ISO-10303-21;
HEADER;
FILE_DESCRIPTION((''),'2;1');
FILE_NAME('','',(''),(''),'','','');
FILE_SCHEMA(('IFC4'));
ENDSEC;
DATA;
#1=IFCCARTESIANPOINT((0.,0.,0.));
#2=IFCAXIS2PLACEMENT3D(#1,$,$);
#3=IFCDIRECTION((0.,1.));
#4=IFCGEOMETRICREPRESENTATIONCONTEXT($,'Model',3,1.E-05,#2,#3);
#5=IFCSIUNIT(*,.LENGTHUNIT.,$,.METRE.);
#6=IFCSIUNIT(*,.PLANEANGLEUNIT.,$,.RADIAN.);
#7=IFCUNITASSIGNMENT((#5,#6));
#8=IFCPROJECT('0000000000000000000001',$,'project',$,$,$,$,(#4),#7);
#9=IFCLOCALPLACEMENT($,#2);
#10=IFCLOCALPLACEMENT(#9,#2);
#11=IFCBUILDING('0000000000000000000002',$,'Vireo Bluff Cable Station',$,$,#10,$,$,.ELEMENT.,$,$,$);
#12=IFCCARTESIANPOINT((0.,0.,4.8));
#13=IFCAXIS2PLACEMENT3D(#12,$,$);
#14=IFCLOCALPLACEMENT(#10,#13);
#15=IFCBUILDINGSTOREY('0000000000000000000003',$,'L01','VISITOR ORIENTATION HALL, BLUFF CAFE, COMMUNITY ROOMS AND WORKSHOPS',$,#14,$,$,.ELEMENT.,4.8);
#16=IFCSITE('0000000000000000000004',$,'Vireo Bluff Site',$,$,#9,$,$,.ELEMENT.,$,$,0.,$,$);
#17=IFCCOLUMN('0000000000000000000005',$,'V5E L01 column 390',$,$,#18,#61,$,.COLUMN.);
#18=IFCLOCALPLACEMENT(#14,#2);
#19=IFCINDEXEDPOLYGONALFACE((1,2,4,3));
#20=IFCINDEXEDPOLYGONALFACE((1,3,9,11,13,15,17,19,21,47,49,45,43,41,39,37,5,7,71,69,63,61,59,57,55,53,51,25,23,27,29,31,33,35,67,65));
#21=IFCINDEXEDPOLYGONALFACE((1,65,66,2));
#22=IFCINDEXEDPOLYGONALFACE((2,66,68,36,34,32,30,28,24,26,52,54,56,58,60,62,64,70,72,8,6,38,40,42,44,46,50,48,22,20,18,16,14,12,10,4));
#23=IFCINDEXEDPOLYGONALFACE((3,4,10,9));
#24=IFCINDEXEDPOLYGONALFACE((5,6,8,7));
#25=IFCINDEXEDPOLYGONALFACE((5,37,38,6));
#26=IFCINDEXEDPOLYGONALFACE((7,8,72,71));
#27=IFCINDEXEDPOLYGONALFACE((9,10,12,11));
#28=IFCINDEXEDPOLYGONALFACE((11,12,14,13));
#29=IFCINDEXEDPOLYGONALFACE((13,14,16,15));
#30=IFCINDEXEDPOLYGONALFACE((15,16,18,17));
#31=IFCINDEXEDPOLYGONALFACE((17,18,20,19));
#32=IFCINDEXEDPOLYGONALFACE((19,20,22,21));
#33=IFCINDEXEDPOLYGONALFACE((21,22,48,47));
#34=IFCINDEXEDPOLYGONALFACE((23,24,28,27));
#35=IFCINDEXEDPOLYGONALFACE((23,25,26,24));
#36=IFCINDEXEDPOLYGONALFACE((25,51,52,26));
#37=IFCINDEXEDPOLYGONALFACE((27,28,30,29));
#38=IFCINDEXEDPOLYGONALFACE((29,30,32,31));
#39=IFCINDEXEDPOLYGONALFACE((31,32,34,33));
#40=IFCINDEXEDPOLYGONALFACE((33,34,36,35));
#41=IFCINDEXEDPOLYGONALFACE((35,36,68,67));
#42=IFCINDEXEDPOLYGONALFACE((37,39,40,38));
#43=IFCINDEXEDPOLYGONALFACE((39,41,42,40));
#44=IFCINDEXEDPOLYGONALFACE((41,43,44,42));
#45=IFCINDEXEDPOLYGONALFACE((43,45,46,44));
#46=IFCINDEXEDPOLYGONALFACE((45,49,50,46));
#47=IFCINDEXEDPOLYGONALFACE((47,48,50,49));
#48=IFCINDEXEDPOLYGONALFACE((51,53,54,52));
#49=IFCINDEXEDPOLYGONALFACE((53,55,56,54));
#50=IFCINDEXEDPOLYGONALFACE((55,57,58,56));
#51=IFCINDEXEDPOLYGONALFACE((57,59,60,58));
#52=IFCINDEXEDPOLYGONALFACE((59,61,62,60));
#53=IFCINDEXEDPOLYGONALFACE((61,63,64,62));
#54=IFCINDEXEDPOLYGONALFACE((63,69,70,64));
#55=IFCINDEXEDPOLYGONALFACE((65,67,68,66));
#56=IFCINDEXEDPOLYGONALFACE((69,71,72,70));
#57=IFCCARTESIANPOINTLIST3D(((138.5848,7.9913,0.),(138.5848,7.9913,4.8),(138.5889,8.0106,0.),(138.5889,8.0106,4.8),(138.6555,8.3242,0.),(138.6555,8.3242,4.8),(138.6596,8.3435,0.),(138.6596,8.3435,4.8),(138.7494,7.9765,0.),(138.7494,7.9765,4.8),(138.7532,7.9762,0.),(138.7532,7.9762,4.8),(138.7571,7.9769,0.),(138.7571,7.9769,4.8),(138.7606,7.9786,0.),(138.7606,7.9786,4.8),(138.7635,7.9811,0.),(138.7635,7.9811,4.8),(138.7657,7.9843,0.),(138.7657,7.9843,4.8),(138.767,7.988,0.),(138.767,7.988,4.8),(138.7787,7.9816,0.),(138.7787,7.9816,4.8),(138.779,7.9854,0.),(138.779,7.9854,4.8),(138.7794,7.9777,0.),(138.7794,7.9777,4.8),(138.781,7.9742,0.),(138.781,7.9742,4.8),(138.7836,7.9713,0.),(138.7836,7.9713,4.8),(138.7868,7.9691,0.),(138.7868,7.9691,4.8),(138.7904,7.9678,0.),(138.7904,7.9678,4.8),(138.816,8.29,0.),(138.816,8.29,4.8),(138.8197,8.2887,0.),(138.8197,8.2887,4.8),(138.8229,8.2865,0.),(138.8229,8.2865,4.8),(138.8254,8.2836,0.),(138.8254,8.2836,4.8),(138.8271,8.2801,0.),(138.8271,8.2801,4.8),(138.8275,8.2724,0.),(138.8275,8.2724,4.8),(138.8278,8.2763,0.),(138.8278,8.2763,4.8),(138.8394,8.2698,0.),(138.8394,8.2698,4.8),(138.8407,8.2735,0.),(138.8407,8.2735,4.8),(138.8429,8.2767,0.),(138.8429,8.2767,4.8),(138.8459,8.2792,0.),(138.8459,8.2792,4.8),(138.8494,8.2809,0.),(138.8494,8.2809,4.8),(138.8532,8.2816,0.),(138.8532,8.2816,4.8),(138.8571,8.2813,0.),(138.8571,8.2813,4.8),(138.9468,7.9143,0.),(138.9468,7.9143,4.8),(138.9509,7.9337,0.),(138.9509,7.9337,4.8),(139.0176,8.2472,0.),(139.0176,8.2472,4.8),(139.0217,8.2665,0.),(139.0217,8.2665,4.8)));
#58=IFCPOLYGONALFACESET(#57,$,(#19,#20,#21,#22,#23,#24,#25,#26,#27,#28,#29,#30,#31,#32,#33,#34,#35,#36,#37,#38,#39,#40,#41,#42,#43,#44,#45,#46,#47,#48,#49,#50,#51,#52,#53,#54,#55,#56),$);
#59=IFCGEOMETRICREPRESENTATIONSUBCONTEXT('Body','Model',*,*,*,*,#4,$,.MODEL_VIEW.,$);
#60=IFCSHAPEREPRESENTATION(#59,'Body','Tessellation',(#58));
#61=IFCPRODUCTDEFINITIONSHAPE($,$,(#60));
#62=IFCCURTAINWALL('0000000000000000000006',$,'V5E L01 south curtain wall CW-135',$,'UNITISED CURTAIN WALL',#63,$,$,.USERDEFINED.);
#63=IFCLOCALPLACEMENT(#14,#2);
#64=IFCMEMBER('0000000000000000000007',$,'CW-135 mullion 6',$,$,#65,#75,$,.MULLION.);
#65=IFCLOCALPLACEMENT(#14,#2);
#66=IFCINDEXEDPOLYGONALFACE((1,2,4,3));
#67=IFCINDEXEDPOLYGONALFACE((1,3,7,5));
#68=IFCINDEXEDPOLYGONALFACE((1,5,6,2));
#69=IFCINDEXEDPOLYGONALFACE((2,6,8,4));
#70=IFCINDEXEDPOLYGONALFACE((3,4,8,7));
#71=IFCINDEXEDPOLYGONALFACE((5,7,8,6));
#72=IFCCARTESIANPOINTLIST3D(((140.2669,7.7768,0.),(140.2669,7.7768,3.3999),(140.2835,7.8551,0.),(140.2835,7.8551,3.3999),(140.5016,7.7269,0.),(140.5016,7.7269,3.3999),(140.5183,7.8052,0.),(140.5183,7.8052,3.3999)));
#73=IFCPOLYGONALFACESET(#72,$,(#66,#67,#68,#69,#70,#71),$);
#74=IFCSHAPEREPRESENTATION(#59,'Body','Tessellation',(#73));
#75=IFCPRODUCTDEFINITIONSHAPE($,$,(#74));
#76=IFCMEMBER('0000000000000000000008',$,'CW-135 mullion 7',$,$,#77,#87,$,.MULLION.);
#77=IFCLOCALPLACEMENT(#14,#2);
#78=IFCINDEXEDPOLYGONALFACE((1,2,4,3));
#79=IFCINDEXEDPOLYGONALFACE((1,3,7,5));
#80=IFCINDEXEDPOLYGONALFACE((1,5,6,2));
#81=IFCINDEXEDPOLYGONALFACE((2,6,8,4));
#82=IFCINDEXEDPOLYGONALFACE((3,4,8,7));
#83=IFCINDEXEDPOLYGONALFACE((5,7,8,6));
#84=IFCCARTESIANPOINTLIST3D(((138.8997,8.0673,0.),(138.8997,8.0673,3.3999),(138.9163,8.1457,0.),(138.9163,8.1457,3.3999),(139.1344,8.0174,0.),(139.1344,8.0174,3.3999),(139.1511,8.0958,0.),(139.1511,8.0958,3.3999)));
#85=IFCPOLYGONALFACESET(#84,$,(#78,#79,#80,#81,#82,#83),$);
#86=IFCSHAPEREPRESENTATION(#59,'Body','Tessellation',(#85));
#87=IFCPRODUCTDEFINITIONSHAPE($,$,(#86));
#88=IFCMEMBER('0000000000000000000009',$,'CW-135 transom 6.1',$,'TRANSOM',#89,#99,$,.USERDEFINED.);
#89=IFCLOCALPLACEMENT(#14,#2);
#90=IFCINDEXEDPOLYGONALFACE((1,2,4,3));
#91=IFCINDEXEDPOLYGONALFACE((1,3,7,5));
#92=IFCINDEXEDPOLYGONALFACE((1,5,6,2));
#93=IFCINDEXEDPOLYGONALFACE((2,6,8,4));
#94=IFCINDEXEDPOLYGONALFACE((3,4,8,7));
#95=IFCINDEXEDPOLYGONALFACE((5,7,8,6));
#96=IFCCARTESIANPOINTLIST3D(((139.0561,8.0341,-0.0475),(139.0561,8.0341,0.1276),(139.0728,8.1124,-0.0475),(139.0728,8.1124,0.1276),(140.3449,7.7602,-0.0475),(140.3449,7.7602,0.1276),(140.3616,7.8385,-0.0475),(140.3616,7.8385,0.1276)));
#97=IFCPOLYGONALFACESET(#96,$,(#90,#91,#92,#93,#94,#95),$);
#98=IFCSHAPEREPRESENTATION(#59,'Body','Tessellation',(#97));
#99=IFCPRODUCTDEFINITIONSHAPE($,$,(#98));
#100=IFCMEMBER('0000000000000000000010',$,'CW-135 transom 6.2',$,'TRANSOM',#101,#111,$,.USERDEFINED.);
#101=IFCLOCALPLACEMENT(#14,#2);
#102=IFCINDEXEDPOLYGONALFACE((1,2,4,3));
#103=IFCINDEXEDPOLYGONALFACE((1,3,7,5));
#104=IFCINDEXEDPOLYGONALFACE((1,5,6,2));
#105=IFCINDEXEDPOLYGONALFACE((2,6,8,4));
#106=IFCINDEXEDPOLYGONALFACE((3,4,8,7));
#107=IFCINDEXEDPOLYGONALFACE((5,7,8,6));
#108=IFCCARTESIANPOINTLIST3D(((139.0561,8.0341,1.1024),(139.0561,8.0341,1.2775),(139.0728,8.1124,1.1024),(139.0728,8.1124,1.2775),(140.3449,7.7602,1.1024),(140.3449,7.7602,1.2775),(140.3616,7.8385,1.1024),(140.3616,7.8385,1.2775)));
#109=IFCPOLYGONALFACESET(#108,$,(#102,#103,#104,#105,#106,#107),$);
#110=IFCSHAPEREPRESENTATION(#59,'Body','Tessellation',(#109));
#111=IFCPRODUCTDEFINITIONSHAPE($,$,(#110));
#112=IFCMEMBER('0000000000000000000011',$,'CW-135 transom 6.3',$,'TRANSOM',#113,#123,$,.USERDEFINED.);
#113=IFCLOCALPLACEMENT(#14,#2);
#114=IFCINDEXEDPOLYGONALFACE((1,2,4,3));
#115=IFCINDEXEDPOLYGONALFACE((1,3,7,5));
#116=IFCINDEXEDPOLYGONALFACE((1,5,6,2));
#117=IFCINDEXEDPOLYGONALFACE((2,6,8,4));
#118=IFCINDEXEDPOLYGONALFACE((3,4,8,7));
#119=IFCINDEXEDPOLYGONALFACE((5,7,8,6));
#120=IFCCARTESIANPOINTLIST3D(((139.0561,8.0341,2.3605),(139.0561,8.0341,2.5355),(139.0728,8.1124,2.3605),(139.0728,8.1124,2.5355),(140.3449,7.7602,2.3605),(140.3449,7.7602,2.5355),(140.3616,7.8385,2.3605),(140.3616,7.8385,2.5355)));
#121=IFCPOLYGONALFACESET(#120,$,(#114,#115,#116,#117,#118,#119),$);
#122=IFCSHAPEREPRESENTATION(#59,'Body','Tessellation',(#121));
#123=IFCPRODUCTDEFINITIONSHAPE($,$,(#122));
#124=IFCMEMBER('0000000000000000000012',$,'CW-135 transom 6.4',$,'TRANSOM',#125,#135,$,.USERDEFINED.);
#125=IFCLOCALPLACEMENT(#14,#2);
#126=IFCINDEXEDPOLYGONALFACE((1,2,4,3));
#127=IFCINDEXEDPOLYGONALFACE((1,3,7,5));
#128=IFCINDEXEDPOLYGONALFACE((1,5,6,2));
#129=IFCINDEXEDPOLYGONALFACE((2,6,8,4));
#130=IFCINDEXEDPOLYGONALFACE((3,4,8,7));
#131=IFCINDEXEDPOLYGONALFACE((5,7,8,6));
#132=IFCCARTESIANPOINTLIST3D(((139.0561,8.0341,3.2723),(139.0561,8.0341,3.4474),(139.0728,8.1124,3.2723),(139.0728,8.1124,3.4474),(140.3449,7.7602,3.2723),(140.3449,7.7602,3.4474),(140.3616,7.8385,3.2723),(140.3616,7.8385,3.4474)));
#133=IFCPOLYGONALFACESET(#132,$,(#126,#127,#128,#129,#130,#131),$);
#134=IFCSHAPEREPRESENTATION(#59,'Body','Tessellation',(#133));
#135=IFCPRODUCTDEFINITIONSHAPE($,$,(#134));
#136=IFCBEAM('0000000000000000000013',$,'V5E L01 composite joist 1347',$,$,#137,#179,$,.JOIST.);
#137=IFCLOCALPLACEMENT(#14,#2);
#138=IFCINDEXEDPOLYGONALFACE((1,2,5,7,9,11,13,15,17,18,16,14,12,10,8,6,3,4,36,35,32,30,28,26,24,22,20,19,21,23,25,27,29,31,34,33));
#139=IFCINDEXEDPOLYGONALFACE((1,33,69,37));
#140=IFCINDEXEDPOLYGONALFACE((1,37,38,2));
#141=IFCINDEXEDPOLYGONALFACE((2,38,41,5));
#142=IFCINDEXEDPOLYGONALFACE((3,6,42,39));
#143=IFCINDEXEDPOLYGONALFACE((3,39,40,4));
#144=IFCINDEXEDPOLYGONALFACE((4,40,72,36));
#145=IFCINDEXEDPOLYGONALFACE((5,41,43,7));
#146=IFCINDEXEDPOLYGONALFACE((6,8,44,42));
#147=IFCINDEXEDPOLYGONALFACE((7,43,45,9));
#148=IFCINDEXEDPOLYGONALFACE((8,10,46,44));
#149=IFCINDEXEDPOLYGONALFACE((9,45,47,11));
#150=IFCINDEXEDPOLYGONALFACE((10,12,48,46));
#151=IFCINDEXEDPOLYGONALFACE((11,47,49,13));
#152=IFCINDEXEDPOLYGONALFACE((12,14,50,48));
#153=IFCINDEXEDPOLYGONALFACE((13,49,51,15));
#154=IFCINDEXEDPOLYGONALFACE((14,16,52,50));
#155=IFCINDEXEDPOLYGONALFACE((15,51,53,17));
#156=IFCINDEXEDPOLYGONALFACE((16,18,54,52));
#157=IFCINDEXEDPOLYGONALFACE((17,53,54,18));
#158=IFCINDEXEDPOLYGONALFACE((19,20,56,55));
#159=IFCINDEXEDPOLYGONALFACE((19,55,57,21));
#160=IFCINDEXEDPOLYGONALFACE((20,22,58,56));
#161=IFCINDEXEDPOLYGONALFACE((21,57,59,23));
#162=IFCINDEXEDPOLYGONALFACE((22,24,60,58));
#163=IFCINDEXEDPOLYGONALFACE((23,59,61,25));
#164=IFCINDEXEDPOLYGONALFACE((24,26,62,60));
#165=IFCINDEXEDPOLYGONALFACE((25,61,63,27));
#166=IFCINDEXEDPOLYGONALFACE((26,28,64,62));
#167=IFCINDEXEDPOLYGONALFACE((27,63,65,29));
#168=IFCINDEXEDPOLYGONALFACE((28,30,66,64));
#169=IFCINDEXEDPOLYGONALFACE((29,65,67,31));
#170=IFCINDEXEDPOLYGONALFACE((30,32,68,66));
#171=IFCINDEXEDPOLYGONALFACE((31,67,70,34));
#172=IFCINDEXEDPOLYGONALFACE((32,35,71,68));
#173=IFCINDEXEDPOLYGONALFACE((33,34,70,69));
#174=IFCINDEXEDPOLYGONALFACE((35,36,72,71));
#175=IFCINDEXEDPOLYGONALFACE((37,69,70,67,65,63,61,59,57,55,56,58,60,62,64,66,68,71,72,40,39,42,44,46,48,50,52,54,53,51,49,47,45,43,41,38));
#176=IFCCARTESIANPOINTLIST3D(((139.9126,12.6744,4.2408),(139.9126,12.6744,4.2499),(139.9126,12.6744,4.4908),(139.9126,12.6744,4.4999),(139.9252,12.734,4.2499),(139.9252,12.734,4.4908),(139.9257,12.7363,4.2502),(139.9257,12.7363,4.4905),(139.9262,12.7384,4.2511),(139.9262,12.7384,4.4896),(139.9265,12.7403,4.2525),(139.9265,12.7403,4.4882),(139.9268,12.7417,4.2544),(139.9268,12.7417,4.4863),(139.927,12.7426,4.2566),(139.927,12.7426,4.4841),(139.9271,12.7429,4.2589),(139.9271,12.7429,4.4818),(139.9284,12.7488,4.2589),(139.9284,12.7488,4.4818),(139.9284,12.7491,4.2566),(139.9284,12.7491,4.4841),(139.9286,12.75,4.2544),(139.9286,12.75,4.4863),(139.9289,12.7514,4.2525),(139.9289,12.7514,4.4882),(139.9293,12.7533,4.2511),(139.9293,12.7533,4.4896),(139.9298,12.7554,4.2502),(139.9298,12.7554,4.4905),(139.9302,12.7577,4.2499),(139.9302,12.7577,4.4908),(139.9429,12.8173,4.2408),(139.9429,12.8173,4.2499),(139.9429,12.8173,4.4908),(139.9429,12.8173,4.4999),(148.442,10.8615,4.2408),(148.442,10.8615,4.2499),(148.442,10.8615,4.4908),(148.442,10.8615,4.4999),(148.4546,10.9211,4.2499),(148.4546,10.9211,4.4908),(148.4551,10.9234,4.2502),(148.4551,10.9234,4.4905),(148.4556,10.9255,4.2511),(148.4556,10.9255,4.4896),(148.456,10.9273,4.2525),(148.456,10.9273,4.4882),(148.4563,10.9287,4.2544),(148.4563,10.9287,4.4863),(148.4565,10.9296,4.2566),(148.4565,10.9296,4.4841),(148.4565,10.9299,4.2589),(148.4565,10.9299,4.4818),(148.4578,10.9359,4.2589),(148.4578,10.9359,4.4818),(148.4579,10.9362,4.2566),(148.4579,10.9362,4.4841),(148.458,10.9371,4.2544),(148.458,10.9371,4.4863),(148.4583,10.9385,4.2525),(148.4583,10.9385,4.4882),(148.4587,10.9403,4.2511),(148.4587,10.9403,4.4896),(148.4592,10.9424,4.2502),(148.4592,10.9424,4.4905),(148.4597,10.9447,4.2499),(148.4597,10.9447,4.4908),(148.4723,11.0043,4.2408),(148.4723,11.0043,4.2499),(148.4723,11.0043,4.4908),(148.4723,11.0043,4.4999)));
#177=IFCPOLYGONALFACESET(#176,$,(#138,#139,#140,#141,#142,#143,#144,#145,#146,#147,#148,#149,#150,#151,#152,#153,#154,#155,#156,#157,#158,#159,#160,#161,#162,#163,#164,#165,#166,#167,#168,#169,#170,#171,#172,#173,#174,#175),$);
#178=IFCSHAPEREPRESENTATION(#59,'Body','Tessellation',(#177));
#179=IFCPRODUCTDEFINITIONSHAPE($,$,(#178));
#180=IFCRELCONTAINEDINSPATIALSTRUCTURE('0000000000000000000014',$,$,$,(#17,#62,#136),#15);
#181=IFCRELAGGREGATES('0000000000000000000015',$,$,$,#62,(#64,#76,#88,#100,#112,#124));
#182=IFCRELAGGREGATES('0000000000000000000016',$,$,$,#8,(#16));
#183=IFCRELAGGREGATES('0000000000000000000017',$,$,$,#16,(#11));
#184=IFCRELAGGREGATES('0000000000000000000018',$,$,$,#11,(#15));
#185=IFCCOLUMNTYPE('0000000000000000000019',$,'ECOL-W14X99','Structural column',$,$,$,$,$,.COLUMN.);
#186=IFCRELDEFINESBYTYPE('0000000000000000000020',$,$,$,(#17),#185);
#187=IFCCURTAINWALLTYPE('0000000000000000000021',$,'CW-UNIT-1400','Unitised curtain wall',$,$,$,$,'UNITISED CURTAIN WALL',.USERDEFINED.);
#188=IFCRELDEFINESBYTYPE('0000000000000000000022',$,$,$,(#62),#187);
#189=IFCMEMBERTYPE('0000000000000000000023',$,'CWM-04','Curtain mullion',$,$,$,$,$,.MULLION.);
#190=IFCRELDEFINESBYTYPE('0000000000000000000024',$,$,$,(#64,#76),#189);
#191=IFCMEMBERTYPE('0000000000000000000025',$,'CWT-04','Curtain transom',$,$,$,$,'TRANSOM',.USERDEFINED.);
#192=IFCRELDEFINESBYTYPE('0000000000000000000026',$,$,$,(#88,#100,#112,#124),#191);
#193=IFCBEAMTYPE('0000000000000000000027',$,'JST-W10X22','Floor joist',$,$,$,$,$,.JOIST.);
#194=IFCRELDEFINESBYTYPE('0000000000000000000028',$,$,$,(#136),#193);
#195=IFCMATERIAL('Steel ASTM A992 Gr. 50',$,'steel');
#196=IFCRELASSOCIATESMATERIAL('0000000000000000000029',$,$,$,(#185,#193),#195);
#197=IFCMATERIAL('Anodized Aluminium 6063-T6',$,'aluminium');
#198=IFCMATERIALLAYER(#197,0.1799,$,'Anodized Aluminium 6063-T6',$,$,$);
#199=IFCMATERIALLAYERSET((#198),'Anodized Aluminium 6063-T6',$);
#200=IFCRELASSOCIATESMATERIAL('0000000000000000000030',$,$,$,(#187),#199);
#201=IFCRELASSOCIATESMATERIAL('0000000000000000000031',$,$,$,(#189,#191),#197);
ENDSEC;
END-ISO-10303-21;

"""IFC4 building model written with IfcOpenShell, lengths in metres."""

from ifc_helpers import new_model, si_unit, direction, frame, origin, origin_2d, place, context, subcontext, project, spatial, rectangle, i_section, extrude, material, layer, layer_set, material_profile, profile_set, type_object, element, aggregate, save


model = new_model("IFC4")

# Units and contexts
model_context = context("Model", 3, precision=1e-05, world=origin(), true_north=direction((0.0, 1.0)))
body_context = subcontext(model_context, "Body", "Model", "MODEL_VIEW")
ifc_project = project(units=[si_unit("LENGTHUNIT", "METRE"), si_unit("PLANEANGLEUNIT", "RADIAN")], contexts=[model_context])

# Site, building, storey
site_placement = place(None, origin())
site = spatial("IfcSite", under=ifc_project, at=site_placement, Name="Vireo Bluff Site", CompositionType="ELEMENT", RefElevation=0.0)
building_placement = place(site_placement, origin())
building = spatial("IfcBuilding", under=site, at=building_placement, Name="Vireo Bluff Cable Station", CompositionType="ELEMENT")
storey_placement = place(building_placement, frame((0.0, 0.0, 4.8)))
storey = spatial("IfcBuildingStorey", under=building, at=storey_placement, Name="L01", Description="VISITOR ORIENTATION HALL, BLUFF CAFE, COMMUNITY ROOMS AND WORKSHOPS", CompositionType="ELEMENT", Elevation=4.8)

# Column
ifc_material_1 = material(Name="Steel ASTM A992 Gr. 50", Category="steel")
ifc_material_profile_1 = material_profile(ifc_material_1, i_section(OverallWidth=0.3701, OverallDepth=0.3601, WebThickness=0.0122, FlangeThickness=0.0198, FilletRadius=0.0149, at=origin_2d()), Name="W14X99")
ifc_profile_set_1 = profile_set([ifc_material_profile_1], Name="Steel ASTM A992 Gr. 50")
column_type = type_object("IfcColumnType", Name="ECOL-W14X99", Description="Structural column", PredefinedType="COLUMN", material=ifc_profile_set_1)
column_placement = place(storey_placement, frame((138.8032, 8.1289, 0.0), z_axis=(0.0, 0.0, 1.0), x_axis=(0.978148, -0.207912, 0.0)))
element("IfcColumn", 1, at=column_placement, inside=storey, type_object=column_type, Name="V5E L01 column 390", PredefinedType="COLUMN", context=body_context, shape_type="SweptSolid", body=[
    extrude(i_section(OverallWidth=0.3701, OverallDepth=0.3601, WebThickness=0.0122, FlangeThickness=0.0198, FilletRadius=0.0149, at=origin_2d()), origin(), (0.0, 0.0, 1.0), 4.8),
])

# Curtain wall, members
ifc_material_2 = material(Name="Anodized Aluminium 6063-T6", Category="aluminium")
ifc_layer_1 = layer(ifc_material_2, 0.1799, Name="Anodized Aluminium 6063-T6")
ifc_layer_set_1 = layer_set([ifc_layer_1], Name="Anodized Aluminium 6063-T6")
curtain_wall_type = type_object("IfcCurtainWallType", Name="CW-UNIT-1400", Description="Unitised curtain wall", ElementType="UNITISED CURTAIN WALL", PredefinedType="USERDEFINED", material=ifc_layer_set_1)
curtain_wall_placement = place(storey_placement, origin())
curtain_wall = element("IfcCurtainWall", 2, at=curtain_wall_placement, inside=storey, type_object=curtain_wall_type, Name="V5E L01 south curtain wall CW-135", ObjectType="UNITISED CURTAIN WALL", PredefinedType="USERDEFINED")
ifc_material_profile_2 = material_profile(ifc_material_2, rectangle(XDim=0.0801, YDim=0.24, at=origin_2d()), Name="ALU-M-80X240")
ifc_profile_set_2 = profile_set([ifc_material_profile_2], Name="Anodized Aluminium 6063-T6")
member_type_1 = type_object("IfcMemberType", Name="CWM-04", Description="Curtain mullion", PredefinedType="MULLION", material=ifc_profile_set_2)
member_1_placement = place(storey_placement, frame((140.3926, 7.791, 0.0), z_axis=(0.0, 0.0, 1.0), x_axis=(-0.207912, -0.978148, 0.0)))
member_1 = element("IfcMember", 3, at=member_1_placement, type_object=member_type_1, Name="CW-135 mullion 6", PredefinedType="MULLION", context=body_context, shape_type="SweptSolid", body=[
    extrude(rectangle(XDim=0.0801, YDim=0.24, at=origin_2d()), origin(), (0.0, 0.0, 1.0), 3.3999),
])
member_2_placement = place(storey_placement, frame((139.0254, 8.0815, 0.0), z_axis=(0.0, 0.0, 1.0), x_axis=(-0.207912, -0.978148, 0.0)))
member_2 = element("IfcMember", 4, at=member_2_placement, type_object=member_type_1, Name="CW-135 mullion 7", PredefinedType="MULLION", context=body_context, shape_type="SweptSolid", body=[
    extrude(rectangle(XDim=0.0801, YDim=0.24, at=origin_2d()), origin(), (0.0, 0.0, 1.0), 3.3999),
])
ifc_material_profile_3 = material_profile(ifc_material_2, rectangle(XDim=0.0801, YDim=0.175, at=origin_2d()), Name="ALU-T-80X175")
ifc_profile_set_3 = profile_set([ifc_material_profile_3], Name="Anodized Aluminium 6063-T6")
member_type_2 = type_object("IfcMemberType", Name="CWT-04", Description="Curtain transom", ElementType="TRANSOM", PredefinedType="USERDEFINED", material=ifc_profile_set_3)
member_3_placement = place(storey_placement, frame((140.3533, 7.7993, 0.04), z_axis=(-0.978151, 0.207896, 0.0), x_axis=(-0.207896, -0.978151, 0.0)))
member_3 = element("IfcMember", 5, at=member_3_placement, type_object=member_type_2, Name="CW-135 transom 6.1", ObjectType="TRANSOM", PredefinedType="USERDEFINED", context=body_context, shape_type="SweptSolid", body=[
    extrude(rectangle(XDim=0.0801, YDim=0.175, at=origin_2d()), origin(), (0.0, 0.0, 1.0), 1.3176),
])
member_4_placement = place(storey_placement, frame((140.3533, 7.7993, 1.1899), z_axis=(-0.978151, 0.207896, 0.0), x_axis=(-0.207896, -0.978151, 0.0)))
member_4 = element("IfcMember", 6, at=member_4_placement, type_object=member_type_2, Name="CW-135 transom 6.2", ObjectType="TRANSOM", PredefinedType="USERDEFINED", context=body_context, shape_type="SweptSolid", body=[
    extrude(rectangle(XDim=0.0801, YDim=0.175, at=origin_2d()), origin(), (0.0, 0.0, 1.0), 1.3176),
])
member_5_placement = place(storey_placement, frame((140.3533, 7.7993, 2.448), z_axis=(-0.978151, 0.207896, 0.0), x_axis=(-0.207896, -0.978151, 0.0)))
member_5 = element("IfcMember", 7, at=member_5_placement, type_object=member_type_2, Name="CW-135 transom 6.3", ObjectType="TRANSOM", PredefinedType="USERDEFINED", context=body_context, shape_type="SweptSolid", body=[
    extrude(rectangle(XDim=0.0801, YDim=0.175, at=origin_2d()), origin(), (0.0, 0.0, 1.0), 1.3176),
])
member_6_placement = place(storey_placement, frame((140.3533, 7.7993, 3.3599), z_axis=(-0.978151, 0.207896, 0.0), x_axis=(-0.207896, -0.978151, 0.0)))
member_6 = element("IfcMember", 8, at=member_6_placement, type_object=member_type_2, Name="CW-135 transom 6.4", ObjectType="TRANSOM", PredefinedType="USERDEFINED", context=body_context, shape_type="SweptSolid", body=[
    extrude(rectangle(XDim=0.0801, YDim=0.175, at=origin_2d()), origin(), (0.0, 0.0, 1.0), 1.3176),
])

# Beam
ifc_material_profile_4 = material_profile(ifc_material_1, i_section(OverallWidth=0.146, OverallDepth=0.259, WebThickness=0.0061, FlangeThickness=0.009, FilletRadius=0.009, at=origin_2d()), Name="W10X22")
ifc_profile_set_4 = profile_set([ifc_material_profile_4], Name="Steel ASTM A992 Gr. 50")
beam_type_1 = type_object("IfcBeamType", Name="JST-W10X22", Description="Floor joist", PredefinedType="JOIST", material=ifc_profile_set_4)
beam_1_placement = place(storey_placement, frame((139.9277, 12.7458, 4.3704), z_axis=(0.978148, -0.207909, 0.0), x_axis=(0.207909, 0.978148, 0.0)))
element("IfcBeam", 9, at=beam_1_placement, inside=storey, type_object=beam_type_1, Name="V5E L01 composite joist 1347", PredefinedType="JOIST", context=body_context, shape_type="SweptSolid", body=[
    extrude(i_section(OverallWidth=0.146, OverallDepth=0.259, WebThickness=0.0061, FlangeThickness=0.009, FilletRadius=0.009, at=origin_2d()), origin(), (0.0, 0.0, 1.0), 8.72),
])

aggregate(curtain_wall, [member_1, member_2, member_3, member_4, member_5, member_6])

save(model, "model.ifc")
